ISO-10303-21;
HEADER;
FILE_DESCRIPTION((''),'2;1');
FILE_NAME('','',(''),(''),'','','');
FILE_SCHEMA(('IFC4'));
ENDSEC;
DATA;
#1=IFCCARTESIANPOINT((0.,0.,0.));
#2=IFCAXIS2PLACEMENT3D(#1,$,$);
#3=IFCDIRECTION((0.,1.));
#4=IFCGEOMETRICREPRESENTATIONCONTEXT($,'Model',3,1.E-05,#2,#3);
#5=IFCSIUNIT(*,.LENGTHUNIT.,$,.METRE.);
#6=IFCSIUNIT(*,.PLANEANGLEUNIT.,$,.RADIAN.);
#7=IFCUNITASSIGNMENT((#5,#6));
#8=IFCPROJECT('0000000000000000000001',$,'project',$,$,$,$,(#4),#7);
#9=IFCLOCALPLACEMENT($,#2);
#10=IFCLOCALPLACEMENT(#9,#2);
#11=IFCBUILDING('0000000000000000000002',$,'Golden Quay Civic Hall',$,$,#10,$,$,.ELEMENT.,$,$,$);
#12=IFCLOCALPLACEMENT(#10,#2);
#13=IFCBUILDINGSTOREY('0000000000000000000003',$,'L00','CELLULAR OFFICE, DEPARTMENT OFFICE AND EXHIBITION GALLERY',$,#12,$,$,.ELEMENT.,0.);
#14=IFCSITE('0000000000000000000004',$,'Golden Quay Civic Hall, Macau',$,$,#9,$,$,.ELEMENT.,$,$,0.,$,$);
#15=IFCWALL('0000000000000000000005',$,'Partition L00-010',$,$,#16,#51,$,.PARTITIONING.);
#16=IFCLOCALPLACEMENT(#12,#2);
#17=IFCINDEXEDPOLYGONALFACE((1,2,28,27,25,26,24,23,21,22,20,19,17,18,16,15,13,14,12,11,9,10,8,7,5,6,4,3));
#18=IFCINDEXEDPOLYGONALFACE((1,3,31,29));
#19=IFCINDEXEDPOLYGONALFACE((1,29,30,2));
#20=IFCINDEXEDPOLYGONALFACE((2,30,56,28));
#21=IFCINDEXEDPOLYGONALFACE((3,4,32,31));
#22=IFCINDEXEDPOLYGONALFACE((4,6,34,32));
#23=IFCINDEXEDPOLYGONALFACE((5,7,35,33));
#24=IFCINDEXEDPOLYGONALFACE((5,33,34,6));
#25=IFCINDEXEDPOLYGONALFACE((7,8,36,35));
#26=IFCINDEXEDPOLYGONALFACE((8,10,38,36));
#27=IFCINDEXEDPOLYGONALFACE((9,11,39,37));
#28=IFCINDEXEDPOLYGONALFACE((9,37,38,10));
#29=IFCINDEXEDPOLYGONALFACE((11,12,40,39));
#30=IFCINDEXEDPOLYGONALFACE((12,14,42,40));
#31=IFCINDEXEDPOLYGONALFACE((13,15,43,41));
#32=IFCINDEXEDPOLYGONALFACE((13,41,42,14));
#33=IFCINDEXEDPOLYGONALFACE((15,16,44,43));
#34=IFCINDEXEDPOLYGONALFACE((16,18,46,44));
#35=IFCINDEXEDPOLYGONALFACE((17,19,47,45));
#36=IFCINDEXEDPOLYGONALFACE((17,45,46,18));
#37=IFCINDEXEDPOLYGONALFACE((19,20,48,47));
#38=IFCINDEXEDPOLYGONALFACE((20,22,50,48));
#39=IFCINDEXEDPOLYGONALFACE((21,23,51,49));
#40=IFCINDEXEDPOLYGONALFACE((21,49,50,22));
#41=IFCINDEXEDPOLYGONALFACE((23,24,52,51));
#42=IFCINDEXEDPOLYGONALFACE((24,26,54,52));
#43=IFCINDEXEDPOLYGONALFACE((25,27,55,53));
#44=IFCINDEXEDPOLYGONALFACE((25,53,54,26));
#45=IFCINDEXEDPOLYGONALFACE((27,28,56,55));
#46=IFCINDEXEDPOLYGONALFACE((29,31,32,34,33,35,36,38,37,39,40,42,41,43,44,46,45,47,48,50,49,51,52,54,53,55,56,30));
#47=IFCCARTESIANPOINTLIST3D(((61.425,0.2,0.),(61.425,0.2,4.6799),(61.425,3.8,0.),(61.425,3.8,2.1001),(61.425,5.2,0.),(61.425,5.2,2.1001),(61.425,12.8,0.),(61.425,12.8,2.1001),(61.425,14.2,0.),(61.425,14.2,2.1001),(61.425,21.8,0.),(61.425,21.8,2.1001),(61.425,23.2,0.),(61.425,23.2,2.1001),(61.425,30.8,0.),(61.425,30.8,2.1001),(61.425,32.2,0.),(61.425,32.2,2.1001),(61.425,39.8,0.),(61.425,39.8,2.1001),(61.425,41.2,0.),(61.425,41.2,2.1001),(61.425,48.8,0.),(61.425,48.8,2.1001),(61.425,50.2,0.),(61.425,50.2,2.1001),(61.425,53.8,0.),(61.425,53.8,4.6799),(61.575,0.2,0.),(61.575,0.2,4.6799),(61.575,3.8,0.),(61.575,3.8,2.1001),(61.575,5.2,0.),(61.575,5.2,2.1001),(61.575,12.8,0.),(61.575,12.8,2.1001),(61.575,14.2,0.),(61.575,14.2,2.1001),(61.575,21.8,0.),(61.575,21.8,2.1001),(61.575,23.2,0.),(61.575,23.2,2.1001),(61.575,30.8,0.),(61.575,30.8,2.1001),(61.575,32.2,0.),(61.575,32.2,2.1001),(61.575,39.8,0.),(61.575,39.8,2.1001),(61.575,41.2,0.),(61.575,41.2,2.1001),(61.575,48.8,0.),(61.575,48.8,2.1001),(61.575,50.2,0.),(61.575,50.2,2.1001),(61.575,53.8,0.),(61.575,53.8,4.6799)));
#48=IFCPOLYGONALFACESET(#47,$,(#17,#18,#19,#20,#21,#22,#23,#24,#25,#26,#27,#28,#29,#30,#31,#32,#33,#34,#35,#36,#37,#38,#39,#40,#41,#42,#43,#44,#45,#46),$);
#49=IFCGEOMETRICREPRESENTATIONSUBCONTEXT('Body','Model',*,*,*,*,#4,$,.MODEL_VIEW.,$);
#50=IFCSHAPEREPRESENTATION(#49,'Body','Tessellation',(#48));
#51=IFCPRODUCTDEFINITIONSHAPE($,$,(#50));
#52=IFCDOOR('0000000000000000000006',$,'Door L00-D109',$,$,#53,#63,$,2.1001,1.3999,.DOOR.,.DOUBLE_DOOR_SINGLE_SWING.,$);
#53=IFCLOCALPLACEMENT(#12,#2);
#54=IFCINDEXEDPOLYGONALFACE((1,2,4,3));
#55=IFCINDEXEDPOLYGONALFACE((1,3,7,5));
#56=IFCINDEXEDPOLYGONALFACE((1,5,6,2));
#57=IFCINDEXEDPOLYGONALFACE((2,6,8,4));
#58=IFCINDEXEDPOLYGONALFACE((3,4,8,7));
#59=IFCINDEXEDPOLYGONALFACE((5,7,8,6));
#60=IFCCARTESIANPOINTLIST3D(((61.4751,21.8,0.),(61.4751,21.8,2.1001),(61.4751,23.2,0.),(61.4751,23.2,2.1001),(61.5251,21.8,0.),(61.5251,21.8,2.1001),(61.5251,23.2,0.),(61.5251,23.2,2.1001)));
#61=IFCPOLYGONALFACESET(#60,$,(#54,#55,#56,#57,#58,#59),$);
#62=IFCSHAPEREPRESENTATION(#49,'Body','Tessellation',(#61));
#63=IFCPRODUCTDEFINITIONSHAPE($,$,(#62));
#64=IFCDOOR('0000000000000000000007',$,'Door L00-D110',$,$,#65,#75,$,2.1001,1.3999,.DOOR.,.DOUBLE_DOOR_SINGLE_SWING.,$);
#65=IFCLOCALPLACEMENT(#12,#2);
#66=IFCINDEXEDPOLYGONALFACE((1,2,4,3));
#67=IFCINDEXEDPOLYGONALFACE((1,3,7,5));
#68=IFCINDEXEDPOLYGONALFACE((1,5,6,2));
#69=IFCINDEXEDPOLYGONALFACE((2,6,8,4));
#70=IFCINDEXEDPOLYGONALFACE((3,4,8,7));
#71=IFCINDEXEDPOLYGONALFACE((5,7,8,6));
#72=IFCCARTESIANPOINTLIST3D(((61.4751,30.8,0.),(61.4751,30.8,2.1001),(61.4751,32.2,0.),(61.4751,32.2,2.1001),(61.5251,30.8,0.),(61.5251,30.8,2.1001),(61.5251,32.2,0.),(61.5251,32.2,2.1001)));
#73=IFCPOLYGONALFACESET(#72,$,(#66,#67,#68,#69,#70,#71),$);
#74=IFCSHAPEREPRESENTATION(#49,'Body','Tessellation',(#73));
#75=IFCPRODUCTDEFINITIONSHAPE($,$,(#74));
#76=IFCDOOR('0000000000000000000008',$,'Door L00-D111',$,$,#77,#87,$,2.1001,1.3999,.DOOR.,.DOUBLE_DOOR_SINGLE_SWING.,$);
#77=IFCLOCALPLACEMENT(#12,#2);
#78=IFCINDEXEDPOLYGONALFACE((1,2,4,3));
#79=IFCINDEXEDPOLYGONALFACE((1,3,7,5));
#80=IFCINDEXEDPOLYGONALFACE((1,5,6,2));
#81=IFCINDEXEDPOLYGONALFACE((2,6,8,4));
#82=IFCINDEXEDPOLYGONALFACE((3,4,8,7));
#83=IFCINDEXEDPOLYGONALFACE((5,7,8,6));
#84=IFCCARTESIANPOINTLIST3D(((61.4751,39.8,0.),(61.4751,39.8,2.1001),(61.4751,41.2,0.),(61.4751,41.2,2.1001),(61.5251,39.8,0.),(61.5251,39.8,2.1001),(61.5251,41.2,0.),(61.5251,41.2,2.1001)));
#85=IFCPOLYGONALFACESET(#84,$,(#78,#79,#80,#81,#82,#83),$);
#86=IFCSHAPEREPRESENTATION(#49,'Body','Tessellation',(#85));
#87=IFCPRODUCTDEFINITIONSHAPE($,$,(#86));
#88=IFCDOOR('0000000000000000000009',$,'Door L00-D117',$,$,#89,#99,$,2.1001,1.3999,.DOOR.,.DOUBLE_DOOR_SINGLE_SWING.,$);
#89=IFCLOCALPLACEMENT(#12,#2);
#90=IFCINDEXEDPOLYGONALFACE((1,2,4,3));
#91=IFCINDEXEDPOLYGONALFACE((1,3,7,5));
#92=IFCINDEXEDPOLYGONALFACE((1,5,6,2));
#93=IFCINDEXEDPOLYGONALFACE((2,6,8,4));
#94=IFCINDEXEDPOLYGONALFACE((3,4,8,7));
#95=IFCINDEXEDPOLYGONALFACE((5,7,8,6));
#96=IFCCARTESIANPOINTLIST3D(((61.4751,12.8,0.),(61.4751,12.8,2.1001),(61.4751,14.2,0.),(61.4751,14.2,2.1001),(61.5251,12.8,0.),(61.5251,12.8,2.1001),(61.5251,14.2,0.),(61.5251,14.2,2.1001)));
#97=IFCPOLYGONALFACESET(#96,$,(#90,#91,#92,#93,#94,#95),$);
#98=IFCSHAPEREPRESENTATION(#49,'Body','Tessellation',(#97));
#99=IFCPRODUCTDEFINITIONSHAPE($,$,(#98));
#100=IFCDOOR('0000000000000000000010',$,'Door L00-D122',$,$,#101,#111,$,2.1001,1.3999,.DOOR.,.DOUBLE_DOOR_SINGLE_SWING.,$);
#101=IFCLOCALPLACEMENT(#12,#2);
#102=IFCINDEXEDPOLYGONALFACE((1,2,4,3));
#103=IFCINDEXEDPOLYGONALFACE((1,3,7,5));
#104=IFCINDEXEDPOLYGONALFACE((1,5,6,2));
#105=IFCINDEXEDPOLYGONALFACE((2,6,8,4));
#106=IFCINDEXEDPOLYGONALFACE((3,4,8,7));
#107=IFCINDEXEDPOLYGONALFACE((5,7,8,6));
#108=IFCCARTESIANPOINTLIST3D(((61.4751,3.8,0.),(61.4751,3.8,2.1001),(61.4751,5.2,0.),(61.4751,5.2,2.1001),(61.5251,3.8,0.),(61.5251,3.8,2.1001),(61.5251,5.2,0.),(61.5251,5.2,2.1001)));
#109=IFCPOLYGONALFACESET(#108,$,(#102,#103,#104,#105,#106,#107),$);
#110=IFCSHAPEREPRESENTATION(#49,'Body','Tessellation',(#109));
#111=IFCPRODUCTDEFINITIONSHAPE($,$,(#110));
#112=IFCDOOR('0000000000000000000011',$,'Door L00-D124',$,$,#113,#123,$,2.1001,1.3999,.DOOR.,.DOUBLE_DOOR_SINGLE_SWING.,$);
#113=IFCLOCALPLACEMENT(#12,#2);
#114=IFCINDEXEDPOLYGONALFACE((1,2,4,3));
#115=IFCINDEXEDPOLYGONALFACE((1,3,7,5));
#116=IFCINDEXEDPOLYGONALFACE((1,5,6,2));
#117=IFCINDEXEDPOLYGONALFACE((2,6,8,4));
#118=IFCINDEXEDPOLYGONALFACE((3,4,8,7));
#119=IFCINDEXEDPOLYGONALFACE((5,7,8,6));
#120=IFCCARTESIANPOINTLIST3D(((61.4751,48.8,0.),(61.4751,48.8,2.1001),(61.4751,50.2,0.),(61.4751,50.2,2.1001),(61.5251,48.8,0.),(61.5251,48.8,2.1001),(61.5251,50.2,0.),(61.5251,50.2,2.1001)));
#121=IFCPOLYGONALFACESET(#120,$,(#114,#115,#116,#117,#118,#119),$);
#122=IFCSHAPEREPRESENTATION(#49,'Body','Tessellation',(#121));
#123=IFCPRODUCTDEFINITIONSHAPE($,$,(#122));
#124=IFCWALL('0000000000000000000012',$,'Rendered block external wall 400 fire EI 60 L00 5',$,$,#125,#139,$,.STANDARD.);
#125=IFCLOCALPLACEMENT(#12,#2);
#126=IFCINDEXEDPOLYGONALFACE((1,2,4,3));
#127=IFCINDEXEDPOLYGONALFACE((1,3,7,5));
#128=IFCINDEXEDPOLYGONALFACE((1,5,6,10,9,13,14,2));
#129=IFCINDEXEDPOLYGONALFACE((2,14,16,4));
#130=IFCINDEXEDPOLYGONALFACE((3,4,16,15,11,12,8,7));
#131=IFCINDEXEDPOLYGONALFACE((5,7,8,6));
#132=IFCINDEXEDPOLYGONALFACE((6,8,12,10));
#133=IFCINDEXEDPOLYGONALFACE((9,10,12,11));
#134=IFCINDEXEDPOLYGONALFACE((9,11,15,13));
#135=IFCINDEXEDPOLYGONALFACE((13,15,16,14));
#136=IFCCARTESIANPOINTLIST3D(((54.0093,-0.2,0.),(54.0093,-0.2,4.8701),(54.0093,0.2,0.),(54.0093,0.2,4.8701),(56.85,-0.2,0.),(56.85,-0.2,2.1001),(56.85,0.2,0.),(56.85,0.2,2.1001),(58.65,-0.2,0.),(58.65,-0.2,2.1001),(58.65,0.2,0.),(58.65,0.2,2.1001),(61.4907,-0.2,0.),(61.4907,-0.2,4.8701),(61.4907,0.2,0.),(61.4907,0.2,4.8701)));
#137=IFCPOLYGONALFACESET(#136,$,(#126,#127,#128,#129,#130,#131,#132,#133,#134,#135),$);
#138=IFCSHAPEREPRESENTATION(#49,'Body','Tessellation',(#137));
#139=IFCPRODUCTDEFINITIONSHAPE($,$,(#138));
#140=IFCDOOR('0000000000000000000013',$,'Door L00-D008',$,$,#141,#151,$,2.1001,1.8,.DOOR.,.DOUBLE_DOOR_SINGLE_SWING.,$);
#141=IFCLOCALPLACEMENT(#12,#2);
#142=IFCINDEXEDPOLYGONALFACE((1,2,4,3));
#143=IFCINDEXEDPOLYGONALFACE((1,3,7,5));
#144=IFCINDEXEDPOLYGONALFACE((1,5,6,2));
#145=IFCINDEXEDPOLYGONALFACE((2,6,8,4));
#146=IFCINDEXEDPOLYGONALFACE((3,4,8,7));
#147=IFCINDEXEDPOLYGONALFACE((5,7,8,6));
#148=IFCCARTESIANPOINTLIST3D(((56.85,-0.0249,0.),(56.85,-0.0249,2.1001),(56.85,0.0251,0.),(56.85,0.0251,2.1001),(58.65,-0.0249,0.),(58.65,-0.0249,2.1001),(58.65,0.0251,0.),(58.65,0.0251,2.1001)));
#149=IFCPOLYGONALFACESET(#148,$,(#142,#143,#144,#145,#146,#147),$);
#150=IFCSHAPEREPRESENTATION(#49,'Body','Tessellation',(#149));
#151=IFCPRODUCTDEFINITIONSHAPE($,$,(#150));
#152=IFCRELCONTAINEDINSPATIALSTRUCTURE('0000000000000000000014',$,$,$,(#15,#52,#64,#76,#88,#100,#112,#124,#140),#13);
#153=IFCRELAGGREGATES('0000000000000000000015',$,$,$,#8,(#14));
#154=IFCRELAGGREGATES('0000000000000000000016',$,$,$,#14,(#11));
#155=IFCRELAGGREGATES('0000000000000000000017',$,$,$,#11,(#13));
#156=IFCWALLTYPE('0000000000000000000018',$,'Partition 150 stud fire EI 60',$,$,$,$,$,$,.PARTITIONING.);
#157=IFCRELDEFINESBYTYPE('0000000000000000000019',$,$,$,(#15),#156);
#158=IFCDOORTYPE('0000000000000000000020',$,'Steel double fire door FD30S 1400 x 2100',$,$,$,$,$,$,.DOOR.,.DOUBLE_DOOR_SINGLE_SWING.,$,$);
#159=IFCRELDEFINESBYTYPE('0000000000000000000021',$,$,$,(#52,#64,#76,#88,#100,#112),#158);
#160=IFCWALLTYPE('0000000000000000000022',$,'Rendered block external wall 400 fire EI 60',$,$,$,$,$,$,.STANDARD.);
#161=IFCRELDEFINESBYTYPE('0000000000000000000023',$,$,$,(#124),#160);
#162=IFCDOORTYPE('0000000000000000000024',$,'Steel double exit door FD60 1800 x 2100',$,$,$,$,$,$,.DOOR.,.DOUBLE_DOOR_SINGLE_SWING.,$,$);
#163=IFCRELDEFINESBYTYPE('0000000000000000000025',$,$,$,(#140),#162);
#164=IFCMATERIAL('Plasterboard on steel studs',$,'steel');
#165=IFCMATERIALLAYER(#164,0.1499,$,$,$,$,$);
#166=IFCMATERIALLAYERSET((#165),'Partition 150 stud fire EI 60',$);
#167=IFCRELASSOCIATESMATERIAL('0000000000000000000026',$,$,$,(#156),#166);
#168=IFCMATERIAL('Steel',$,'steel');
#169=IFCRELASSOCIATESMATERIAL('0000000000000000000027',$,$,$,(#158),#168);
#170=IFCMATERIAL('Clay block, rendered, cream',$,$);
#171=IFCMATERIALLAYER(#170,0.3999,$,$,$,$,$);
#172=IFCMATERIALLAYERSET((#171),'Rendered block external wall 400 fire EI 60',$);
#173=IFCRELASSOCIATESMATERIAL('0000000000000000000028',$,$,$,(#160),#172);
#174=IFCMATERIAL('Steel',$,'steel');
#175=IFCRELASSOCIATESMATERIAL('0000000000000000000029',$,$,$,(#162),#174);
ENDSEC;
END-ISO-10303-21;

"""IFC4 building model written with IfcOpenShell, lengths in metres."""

from ifc_helpers import new_model, si_unit, direction, frame, frame_2d, origin, place, context, subcontext, project, spatial, rectangle, extrude, material, layer, layer_set, type_object, element, fill, save


model = new_model("IFC4")

# Units and contexts
model_context = context("Model", 3, precision=1e-05, world=origin(), true_north=direction((0.0, 1.0)))
body_context = subcontext(model_context, "Body", "Model", "MODEL_VIEW")
ifc_project = project(units=[si_unit("LENGTHUNIT", "METRE"), si_unit("PLANEANGLEUNIT", "RADIAN")], contexts=[model_context])

# Site, building, storey
site_placement = place(None, origin())
site = spatial("IfcSite", under=ifc_project, at=site_placement, Name="Golden Quay Civic Hall, Macau", CompositionType="ELEMENT", RefElevation=0.0)
building_placement = place(site_placement, origin())
building = spatial("IfcBuilding", under=site, at=building_placement, Name="Golden Quay Civic Hall", CompositionType="ELEMENT")
storey_placement = place(building_placement, origin())
storey = spatial("IfcBuildingStorey", under=building, at=storey_placement, Name="L00", Description="CELLULAR OFFICE, DEPARTMENT OFFICE AND EXHIBITION GALLERY", CompositionType="ELEMENT", Elevation=0.0)

# Wall, openings, doors
ifc_material_1 = material(Name="Plasterboard on steel studs", Category="steel")
ifc_layer_1 = layer(ifc_material_1, 0.1499)
ifc_layer_set_1 = layer_set([ifc_layer_1], Name="Partition 150 stud fire EI 60")
wall_type_1 = type_object("IfcWallType", Name="Partition 150 stud fire EI 60", PredefinedType="PARTITIONING", material=ifc_layer_set_1)
wall_1_placement = place(storey_placement, frame((61.5, 0.2, 0.0), z_axis=(0.0, 0.0, 1.0), x_axis=(0.0, 1.0, 0.0)))
wall_1 = element("IfcWall", 1, at=wall_1_placement, inside=storey, type_object=wall_type_1, Name="Partition L00-010", PredefinedType="PARTITIONING", context=body_context, shape_type="SweptSolid", body=[
    extrude(rectangle(XDim=53.6001, YDim=0.1499, at=frame_2d((26.8, 0.0))), origin(), (0.0, 0.0, 1.0), 4.6799),
])
opening_1_placement = place(wall_1_placement, frame((21.6001, 0.0, 0.0)))
opening_1 = element("IfcOpeningElement", 2, at=opening_1_placement, cuts=wall_1, PredefinedType="OPENING", context=body_context, shape_type="SweptSolid", body=[
    extrude(rectangle(XDim=1.3999, YDim=2.1001, at=frame_2d((0.7, 1.05))), frame((0.0, 0.085, 0.0), z_axis=(0.0, -1.0, 0.0), x_axis=(1.0, 0.0, 0.0)), (0.0, 0.0, 1.0), 0.1699),
])
opening_2_placement = place(wall_1_placement, frame((30.6001, 0.0, 0.0)))
opening_2 = element("IfcOpeningElement", 3, at=opening_2_placement, cuts=wall_1, PredefinedType="OPENING", context=body_context, shape_type="SweptSolid", body=[
    extrude(rectangle(XDim=1.3999, YDim=2.1001, at=frame_2d((0.7, 1.05))), frame((0.0, 0.085, 0.0), z_axis=(0.0, -1.0, 0.0), x_axis=(1.0, 0.0, 0.0)), (0.0, 0.0, 1.0), 0.1699),
])
opening_3_placement = place(wall_1_placement, frame((39.6001, 0.0, 0.0)))
opening_3 = element("IfcOpeningElement", 4, at=opening_3_placement, cuts=wall_1, PredefinedType="OPENING", context=body_context, shape_type="SweptSolid", body=[
    extrude(rectangle(XDim=1.3999, YDim=2.1001, at=frame_2d((0.7, 1.05))), frame((0.0, 0.085, 0.0), z_axis=(0.0, -1.0, 0.0), x_axis=(1.0, 0.0, 0.0)), (0.0, 0.0, 1.0), 0.1699),
])
opening_4_placement = place(wall_1_placement, frame((12.6001, 0.0, 0.0)))
opening_4 = element("IfcOpeningElement", 5, at=opening_4_placement, cuts=wall_1, PredefinedType="OPENING", context=body_context, shape_type="SweptSolid", body=[
    extrude(rectangle(XDim=1.3999, YDim=2.1001, at=frame_2d((0.7, 1.05))), frame((0.0, 0.085, 0.0), z_axis=(0.0, -1.0, 0.0), x_axis=(1.0, 0.0, 0.0)), (0.0, 0.0, 1.0), 0.1699),
])
opening_5_placement = place(wall_1_placement, frame((3.6001, 0.0, 0.0)))
opening_5 = element("IfcOpeningElement", 6, at=opening_5_placement, cuts=wall_1, PredefinedType="OPENING", context=body_context, shape_type="SweptSolid", body=[
    extrude(rectangle(XDim=1.3999, YDim=2.1001, at=frame_2d((0.7, 1.05))), frame((0.0, 0.085, 0.0), z_axis=(0.0, -1.0, 0.0), x_axis=(1.0, 0.0, 0.0)), (0.0, 0.0, 1.0), 0.1699),
])
opening_6_placement = place(wall_1_placement, frame((48.6001, 0.0, 0.0)))
opening_6 = element("IfcOpeningElement", 7, at=opening_6_placement, cuts=wall_1, PredefinedType="OPENING", context=body_context, shape_type="SweptSolid", body=[
    extrude(rectangle(XDim=1.3999, YDim=2.1001, at=frame_2d((0.7, 1.05))), frame((0.0, 0.085, 0.0), z_axis=(0.0, -1.0, 0.0), x_axis=(1.0, 0.0, 0.0)), (0.0, 0.0, 1.0), 0.1699),
])
ifc_material_2 = material(Name="Steel", Category="steel")
door_type_1 = type_object("IfcDoorType", Name="Steel double fire door FD30S 1400 x 2100", OperationType="DOUBLE_DOOR_SINGLE_SWING", PredefinedType="DOOR", material=ifc_material_2)
door_1_placement = place(opening_1_placement, origin())
door_1 = element("IfcDoor", 8, at=door_1_placement, inside=storey, type_object=door_type_1, Name="Door L00-D109", OperationType="DOUBLE_DOOR_SINGLE_SWING", OverallHeight=2.1001, OverallWidth=1.3999, PredefinedType="DOOR", context=body_context, shape_type="SweptSolid", body=[
    extrude(rectangle(XDim=1.3999, YDim=2.1001, at=frame_2d((0.7, 1.05))), frame((0.0, 0.0249, 0.0), z_axis=(0.0, -1.0, 0.0), x_axis=(1.0, 0.0, 0.0)), (0.0, 0.0, 1.0), 0.05),
])
fill(opening_1, door_1)
door_2_placement = place(opening_2_placement, origin())
door_2 = element("IfcDoor", 9, at=door_2_placement, inside=storey, type_object=door_type_1, Name="Door L00-D110", OperationType="DOUBLE_DOOR_SINGLE_SWING", OverallHeight=2.1001, OverallWidth=1.3999, PredefinedType="DOOR", context=body_context, shape_type="SweptSolid", body=[
    extrude(rectangle(XDim=1.3999, YDim=2.1001, at=frame_2d((0.7, 1.05))), frame((0.0, 0.0249, 0.0), z_axis=(0.0, -1.0, 0.0), x_axis=(1.0, 0.0, 0.0)), (0.0, 0.0, 1.0), 0.05),
])
fill(opening_2, door_2)
door_3_placement = place(opening_3_placement, origin())
door_3 = element("IfcDoor", 10, at=door_3_placement, inside=storey, type_object=door_type_1, Name="Door L00-D111", OperationType="DOUBLE_DOOR_SINGLE_SWING", OverallHeight=2.1001, OverallWidth=1.3999, PredefinedType="DOOR", context=body_context, shape_type="SweptSolid", body=[
    extrude(rectangle(XDim=1.3999, YDim=2.1001, at=frame_2d((0.7, 1.05))), frame((0.0, 0.0249, 0.0), z_axis=(0.0, -1.0, 0.0), x_axis=(1.0, 0.0, 0.0)), (0.0, 0.0, 1.0), 0.05),
])
fill(opening_3, door_3)
door_4_placement = place(opening_4_placement, origin())
door_4 = element("IfcDoor", 11, at=door_4_placement, inside=storey, type_object=door_type_1, Name="Door L00-D117", OperationType="DOUBLE_DOOR_SINGLE_SWING", OverallHeight=2.1001, OverallWidth=1.3999, PredefinedType="DOOR", context=body_context, shape_type="SweptSolid", body=[
    extrude(rectangle(XDim=1.3999, YDim=2.1001, at=frame_2d((0.7, 1.05))), frame((0.0, 0.0249, 0.0), z_axis=(0.0, -1.0, 0.0), x_axis=(1.0, 0.0, 0.0)), (0.0, 0.0, 1.0), 0.05),
])
fill(opening_4, door_4)
door_5_placement = place(opening_5_placement, frame((1.3999, 0.0, 0.0), z_axis=(0.0, 0.0, 1.0), x_axis=(-1.0, 0.0, 0.0)))
door_5 = element("IfcDoor", 12, at=door_5_placement, inside=storey, type_object=door_type_1, Name="Door L00-D122", OperationType="DOUBLE_DOOR_SINGLE_SWING", OverallHeight=2.1001, OverallWidth=1.3999, PredefinedType="DOOR", context=body_context, shape_type="SweptSolid", body=[
    extrude(rectangle(XDim=1.3999, YDim=2.1001, at=frame_2d((0.7, 1.05))), frame((0.0, 0.0251, 0.0), z_axis=(0.0, -1.0, 0.0), x_axis=(1.0, 0.0, 0.0)), (0.0, 0.0, 1.0), 0.05),
])
fill(opening_5, door_5)
door_6_placement = place(opening_6_placement, frame((1.3999, 0.0, 0.0), z_axis=(0.0, 0.0, 1.0), x_axis=(-1.0, 0.0, 0.0)))
door_6 = element("IfcDoor", 13, at=door_6_placement, inside=storey, type_object=door_type_1, Name="Door L00-D124", OperationType="DOUBLE_DOOR_SINGLE_SWING", OverallHeight=2.1001, OverallWidth=1.3999, PredefinedType="DOOR", context=body_context, shape_type="SweptSolid", body=[
    extrude(rectangle(XDim=1.3999, YDim=2.1001, at=frame_2d((0.7, 1.05))), frame((0.0, 0.0251, 0.0), z_axis=(0.0, -1.0, 0.0), x_axis=(1.0, 0.0, 0.0)), (0.0, 0.0, 1.0), 0.05),
])
fill(opening_6, door_6)

# Wall, opening, door
ifc_material_3 = material(Name="Clay block, rendered, cream")
ifc_layer_2 = layer(ifc_material_3, 0.3999)
ifc_layer_set_2 = layer_set([ifc_layer_2], Name="Rendered block external wall 400 fire EI 60")
wall_type_2 = type_object("IfcWallType", Name="Rendered block external wall 400 fire EI 60", PredefinedType="STANDARD", material=ifc_layer_set_2)
wall_2_placement = place(storey_placement, frame((61.4907, 0.0, 0.0), z_axis=(0.0, 0.0, 1.0), x_axis=(-1.0, 0.0, 0.0)))
wall_2 = element("IfcWall", 14, at=wall_2_placement, inside=storey, type_object=wall_type_2, Name="Rendered block external wall 400 fire EI 60 L00 5", PredefinedType="STANDARD", context=body_context, shape_type="SweptSolid", body=[
    extrude(rectangle(XDim=7.4814, YDim=0.3999, at=frame_2d((3.7407, 0.0))), origin(), (0.0, 0.0, 1.0), 4.8701),
])
opening_7_placement = place(wall_2_placement, frame((2.8408, 0.0, 0.0)))
opening_7 = element("IfcOpeningElement", 15, at=opening_7_placement, cuts=wall_2, PredefinedType="OPENING", context=body_context, shape_type="SweptSolid", body=[
    extrude(rectangle(XDim=1.8, YDim=2.1001, at=frame_2d((0.8999, 1.05))), frame((0.0, 0.21, 0.0), z_axis=(0.0, -1.0, 0.0), x_axis=(1.0, 0.0, 0.0)), (0.0, 0.0, 1.0), 0.4199),
])
ifc_material_4 = material(Name="Steel", Category="steel")
door_type_2 = type_object("IfcDoorType", Name="Steel double exit door FD60 1800 x 2100", OperationType="DOUBLE_DOOR_SINGLE_SWING", PredefinedType="DOOR", material=ifc_material_4)
door_7_placement = place(opening_7_placement, origin())
door_7 = element("IfcDoor", 16, at=door_7_placement, inside=storey, type_object=door_type_2, Name="Door L00-D008", OperationType="DOUBLE_DOOR_SINGLE_SWING", OverallHeight=2.1001, OverallWidth=1.8, PredefinedType="DOOR", context=body_context, shape_type="SweptSolid", body=[
    extrude(rectangle(XDim=1.8, YDim=2.1001, at=frame_2d((0.8999, 1.05))), frame((0.0, 0.0249, 0.0), z_axis=(0.0, -1.0, 0.0), x_axis=(1.0, 0.0, 0.0)), (0.0, 0.0, 1.0), 0.05),
])
fill(opening_7, door_7)

save(model, "model.ifc")
